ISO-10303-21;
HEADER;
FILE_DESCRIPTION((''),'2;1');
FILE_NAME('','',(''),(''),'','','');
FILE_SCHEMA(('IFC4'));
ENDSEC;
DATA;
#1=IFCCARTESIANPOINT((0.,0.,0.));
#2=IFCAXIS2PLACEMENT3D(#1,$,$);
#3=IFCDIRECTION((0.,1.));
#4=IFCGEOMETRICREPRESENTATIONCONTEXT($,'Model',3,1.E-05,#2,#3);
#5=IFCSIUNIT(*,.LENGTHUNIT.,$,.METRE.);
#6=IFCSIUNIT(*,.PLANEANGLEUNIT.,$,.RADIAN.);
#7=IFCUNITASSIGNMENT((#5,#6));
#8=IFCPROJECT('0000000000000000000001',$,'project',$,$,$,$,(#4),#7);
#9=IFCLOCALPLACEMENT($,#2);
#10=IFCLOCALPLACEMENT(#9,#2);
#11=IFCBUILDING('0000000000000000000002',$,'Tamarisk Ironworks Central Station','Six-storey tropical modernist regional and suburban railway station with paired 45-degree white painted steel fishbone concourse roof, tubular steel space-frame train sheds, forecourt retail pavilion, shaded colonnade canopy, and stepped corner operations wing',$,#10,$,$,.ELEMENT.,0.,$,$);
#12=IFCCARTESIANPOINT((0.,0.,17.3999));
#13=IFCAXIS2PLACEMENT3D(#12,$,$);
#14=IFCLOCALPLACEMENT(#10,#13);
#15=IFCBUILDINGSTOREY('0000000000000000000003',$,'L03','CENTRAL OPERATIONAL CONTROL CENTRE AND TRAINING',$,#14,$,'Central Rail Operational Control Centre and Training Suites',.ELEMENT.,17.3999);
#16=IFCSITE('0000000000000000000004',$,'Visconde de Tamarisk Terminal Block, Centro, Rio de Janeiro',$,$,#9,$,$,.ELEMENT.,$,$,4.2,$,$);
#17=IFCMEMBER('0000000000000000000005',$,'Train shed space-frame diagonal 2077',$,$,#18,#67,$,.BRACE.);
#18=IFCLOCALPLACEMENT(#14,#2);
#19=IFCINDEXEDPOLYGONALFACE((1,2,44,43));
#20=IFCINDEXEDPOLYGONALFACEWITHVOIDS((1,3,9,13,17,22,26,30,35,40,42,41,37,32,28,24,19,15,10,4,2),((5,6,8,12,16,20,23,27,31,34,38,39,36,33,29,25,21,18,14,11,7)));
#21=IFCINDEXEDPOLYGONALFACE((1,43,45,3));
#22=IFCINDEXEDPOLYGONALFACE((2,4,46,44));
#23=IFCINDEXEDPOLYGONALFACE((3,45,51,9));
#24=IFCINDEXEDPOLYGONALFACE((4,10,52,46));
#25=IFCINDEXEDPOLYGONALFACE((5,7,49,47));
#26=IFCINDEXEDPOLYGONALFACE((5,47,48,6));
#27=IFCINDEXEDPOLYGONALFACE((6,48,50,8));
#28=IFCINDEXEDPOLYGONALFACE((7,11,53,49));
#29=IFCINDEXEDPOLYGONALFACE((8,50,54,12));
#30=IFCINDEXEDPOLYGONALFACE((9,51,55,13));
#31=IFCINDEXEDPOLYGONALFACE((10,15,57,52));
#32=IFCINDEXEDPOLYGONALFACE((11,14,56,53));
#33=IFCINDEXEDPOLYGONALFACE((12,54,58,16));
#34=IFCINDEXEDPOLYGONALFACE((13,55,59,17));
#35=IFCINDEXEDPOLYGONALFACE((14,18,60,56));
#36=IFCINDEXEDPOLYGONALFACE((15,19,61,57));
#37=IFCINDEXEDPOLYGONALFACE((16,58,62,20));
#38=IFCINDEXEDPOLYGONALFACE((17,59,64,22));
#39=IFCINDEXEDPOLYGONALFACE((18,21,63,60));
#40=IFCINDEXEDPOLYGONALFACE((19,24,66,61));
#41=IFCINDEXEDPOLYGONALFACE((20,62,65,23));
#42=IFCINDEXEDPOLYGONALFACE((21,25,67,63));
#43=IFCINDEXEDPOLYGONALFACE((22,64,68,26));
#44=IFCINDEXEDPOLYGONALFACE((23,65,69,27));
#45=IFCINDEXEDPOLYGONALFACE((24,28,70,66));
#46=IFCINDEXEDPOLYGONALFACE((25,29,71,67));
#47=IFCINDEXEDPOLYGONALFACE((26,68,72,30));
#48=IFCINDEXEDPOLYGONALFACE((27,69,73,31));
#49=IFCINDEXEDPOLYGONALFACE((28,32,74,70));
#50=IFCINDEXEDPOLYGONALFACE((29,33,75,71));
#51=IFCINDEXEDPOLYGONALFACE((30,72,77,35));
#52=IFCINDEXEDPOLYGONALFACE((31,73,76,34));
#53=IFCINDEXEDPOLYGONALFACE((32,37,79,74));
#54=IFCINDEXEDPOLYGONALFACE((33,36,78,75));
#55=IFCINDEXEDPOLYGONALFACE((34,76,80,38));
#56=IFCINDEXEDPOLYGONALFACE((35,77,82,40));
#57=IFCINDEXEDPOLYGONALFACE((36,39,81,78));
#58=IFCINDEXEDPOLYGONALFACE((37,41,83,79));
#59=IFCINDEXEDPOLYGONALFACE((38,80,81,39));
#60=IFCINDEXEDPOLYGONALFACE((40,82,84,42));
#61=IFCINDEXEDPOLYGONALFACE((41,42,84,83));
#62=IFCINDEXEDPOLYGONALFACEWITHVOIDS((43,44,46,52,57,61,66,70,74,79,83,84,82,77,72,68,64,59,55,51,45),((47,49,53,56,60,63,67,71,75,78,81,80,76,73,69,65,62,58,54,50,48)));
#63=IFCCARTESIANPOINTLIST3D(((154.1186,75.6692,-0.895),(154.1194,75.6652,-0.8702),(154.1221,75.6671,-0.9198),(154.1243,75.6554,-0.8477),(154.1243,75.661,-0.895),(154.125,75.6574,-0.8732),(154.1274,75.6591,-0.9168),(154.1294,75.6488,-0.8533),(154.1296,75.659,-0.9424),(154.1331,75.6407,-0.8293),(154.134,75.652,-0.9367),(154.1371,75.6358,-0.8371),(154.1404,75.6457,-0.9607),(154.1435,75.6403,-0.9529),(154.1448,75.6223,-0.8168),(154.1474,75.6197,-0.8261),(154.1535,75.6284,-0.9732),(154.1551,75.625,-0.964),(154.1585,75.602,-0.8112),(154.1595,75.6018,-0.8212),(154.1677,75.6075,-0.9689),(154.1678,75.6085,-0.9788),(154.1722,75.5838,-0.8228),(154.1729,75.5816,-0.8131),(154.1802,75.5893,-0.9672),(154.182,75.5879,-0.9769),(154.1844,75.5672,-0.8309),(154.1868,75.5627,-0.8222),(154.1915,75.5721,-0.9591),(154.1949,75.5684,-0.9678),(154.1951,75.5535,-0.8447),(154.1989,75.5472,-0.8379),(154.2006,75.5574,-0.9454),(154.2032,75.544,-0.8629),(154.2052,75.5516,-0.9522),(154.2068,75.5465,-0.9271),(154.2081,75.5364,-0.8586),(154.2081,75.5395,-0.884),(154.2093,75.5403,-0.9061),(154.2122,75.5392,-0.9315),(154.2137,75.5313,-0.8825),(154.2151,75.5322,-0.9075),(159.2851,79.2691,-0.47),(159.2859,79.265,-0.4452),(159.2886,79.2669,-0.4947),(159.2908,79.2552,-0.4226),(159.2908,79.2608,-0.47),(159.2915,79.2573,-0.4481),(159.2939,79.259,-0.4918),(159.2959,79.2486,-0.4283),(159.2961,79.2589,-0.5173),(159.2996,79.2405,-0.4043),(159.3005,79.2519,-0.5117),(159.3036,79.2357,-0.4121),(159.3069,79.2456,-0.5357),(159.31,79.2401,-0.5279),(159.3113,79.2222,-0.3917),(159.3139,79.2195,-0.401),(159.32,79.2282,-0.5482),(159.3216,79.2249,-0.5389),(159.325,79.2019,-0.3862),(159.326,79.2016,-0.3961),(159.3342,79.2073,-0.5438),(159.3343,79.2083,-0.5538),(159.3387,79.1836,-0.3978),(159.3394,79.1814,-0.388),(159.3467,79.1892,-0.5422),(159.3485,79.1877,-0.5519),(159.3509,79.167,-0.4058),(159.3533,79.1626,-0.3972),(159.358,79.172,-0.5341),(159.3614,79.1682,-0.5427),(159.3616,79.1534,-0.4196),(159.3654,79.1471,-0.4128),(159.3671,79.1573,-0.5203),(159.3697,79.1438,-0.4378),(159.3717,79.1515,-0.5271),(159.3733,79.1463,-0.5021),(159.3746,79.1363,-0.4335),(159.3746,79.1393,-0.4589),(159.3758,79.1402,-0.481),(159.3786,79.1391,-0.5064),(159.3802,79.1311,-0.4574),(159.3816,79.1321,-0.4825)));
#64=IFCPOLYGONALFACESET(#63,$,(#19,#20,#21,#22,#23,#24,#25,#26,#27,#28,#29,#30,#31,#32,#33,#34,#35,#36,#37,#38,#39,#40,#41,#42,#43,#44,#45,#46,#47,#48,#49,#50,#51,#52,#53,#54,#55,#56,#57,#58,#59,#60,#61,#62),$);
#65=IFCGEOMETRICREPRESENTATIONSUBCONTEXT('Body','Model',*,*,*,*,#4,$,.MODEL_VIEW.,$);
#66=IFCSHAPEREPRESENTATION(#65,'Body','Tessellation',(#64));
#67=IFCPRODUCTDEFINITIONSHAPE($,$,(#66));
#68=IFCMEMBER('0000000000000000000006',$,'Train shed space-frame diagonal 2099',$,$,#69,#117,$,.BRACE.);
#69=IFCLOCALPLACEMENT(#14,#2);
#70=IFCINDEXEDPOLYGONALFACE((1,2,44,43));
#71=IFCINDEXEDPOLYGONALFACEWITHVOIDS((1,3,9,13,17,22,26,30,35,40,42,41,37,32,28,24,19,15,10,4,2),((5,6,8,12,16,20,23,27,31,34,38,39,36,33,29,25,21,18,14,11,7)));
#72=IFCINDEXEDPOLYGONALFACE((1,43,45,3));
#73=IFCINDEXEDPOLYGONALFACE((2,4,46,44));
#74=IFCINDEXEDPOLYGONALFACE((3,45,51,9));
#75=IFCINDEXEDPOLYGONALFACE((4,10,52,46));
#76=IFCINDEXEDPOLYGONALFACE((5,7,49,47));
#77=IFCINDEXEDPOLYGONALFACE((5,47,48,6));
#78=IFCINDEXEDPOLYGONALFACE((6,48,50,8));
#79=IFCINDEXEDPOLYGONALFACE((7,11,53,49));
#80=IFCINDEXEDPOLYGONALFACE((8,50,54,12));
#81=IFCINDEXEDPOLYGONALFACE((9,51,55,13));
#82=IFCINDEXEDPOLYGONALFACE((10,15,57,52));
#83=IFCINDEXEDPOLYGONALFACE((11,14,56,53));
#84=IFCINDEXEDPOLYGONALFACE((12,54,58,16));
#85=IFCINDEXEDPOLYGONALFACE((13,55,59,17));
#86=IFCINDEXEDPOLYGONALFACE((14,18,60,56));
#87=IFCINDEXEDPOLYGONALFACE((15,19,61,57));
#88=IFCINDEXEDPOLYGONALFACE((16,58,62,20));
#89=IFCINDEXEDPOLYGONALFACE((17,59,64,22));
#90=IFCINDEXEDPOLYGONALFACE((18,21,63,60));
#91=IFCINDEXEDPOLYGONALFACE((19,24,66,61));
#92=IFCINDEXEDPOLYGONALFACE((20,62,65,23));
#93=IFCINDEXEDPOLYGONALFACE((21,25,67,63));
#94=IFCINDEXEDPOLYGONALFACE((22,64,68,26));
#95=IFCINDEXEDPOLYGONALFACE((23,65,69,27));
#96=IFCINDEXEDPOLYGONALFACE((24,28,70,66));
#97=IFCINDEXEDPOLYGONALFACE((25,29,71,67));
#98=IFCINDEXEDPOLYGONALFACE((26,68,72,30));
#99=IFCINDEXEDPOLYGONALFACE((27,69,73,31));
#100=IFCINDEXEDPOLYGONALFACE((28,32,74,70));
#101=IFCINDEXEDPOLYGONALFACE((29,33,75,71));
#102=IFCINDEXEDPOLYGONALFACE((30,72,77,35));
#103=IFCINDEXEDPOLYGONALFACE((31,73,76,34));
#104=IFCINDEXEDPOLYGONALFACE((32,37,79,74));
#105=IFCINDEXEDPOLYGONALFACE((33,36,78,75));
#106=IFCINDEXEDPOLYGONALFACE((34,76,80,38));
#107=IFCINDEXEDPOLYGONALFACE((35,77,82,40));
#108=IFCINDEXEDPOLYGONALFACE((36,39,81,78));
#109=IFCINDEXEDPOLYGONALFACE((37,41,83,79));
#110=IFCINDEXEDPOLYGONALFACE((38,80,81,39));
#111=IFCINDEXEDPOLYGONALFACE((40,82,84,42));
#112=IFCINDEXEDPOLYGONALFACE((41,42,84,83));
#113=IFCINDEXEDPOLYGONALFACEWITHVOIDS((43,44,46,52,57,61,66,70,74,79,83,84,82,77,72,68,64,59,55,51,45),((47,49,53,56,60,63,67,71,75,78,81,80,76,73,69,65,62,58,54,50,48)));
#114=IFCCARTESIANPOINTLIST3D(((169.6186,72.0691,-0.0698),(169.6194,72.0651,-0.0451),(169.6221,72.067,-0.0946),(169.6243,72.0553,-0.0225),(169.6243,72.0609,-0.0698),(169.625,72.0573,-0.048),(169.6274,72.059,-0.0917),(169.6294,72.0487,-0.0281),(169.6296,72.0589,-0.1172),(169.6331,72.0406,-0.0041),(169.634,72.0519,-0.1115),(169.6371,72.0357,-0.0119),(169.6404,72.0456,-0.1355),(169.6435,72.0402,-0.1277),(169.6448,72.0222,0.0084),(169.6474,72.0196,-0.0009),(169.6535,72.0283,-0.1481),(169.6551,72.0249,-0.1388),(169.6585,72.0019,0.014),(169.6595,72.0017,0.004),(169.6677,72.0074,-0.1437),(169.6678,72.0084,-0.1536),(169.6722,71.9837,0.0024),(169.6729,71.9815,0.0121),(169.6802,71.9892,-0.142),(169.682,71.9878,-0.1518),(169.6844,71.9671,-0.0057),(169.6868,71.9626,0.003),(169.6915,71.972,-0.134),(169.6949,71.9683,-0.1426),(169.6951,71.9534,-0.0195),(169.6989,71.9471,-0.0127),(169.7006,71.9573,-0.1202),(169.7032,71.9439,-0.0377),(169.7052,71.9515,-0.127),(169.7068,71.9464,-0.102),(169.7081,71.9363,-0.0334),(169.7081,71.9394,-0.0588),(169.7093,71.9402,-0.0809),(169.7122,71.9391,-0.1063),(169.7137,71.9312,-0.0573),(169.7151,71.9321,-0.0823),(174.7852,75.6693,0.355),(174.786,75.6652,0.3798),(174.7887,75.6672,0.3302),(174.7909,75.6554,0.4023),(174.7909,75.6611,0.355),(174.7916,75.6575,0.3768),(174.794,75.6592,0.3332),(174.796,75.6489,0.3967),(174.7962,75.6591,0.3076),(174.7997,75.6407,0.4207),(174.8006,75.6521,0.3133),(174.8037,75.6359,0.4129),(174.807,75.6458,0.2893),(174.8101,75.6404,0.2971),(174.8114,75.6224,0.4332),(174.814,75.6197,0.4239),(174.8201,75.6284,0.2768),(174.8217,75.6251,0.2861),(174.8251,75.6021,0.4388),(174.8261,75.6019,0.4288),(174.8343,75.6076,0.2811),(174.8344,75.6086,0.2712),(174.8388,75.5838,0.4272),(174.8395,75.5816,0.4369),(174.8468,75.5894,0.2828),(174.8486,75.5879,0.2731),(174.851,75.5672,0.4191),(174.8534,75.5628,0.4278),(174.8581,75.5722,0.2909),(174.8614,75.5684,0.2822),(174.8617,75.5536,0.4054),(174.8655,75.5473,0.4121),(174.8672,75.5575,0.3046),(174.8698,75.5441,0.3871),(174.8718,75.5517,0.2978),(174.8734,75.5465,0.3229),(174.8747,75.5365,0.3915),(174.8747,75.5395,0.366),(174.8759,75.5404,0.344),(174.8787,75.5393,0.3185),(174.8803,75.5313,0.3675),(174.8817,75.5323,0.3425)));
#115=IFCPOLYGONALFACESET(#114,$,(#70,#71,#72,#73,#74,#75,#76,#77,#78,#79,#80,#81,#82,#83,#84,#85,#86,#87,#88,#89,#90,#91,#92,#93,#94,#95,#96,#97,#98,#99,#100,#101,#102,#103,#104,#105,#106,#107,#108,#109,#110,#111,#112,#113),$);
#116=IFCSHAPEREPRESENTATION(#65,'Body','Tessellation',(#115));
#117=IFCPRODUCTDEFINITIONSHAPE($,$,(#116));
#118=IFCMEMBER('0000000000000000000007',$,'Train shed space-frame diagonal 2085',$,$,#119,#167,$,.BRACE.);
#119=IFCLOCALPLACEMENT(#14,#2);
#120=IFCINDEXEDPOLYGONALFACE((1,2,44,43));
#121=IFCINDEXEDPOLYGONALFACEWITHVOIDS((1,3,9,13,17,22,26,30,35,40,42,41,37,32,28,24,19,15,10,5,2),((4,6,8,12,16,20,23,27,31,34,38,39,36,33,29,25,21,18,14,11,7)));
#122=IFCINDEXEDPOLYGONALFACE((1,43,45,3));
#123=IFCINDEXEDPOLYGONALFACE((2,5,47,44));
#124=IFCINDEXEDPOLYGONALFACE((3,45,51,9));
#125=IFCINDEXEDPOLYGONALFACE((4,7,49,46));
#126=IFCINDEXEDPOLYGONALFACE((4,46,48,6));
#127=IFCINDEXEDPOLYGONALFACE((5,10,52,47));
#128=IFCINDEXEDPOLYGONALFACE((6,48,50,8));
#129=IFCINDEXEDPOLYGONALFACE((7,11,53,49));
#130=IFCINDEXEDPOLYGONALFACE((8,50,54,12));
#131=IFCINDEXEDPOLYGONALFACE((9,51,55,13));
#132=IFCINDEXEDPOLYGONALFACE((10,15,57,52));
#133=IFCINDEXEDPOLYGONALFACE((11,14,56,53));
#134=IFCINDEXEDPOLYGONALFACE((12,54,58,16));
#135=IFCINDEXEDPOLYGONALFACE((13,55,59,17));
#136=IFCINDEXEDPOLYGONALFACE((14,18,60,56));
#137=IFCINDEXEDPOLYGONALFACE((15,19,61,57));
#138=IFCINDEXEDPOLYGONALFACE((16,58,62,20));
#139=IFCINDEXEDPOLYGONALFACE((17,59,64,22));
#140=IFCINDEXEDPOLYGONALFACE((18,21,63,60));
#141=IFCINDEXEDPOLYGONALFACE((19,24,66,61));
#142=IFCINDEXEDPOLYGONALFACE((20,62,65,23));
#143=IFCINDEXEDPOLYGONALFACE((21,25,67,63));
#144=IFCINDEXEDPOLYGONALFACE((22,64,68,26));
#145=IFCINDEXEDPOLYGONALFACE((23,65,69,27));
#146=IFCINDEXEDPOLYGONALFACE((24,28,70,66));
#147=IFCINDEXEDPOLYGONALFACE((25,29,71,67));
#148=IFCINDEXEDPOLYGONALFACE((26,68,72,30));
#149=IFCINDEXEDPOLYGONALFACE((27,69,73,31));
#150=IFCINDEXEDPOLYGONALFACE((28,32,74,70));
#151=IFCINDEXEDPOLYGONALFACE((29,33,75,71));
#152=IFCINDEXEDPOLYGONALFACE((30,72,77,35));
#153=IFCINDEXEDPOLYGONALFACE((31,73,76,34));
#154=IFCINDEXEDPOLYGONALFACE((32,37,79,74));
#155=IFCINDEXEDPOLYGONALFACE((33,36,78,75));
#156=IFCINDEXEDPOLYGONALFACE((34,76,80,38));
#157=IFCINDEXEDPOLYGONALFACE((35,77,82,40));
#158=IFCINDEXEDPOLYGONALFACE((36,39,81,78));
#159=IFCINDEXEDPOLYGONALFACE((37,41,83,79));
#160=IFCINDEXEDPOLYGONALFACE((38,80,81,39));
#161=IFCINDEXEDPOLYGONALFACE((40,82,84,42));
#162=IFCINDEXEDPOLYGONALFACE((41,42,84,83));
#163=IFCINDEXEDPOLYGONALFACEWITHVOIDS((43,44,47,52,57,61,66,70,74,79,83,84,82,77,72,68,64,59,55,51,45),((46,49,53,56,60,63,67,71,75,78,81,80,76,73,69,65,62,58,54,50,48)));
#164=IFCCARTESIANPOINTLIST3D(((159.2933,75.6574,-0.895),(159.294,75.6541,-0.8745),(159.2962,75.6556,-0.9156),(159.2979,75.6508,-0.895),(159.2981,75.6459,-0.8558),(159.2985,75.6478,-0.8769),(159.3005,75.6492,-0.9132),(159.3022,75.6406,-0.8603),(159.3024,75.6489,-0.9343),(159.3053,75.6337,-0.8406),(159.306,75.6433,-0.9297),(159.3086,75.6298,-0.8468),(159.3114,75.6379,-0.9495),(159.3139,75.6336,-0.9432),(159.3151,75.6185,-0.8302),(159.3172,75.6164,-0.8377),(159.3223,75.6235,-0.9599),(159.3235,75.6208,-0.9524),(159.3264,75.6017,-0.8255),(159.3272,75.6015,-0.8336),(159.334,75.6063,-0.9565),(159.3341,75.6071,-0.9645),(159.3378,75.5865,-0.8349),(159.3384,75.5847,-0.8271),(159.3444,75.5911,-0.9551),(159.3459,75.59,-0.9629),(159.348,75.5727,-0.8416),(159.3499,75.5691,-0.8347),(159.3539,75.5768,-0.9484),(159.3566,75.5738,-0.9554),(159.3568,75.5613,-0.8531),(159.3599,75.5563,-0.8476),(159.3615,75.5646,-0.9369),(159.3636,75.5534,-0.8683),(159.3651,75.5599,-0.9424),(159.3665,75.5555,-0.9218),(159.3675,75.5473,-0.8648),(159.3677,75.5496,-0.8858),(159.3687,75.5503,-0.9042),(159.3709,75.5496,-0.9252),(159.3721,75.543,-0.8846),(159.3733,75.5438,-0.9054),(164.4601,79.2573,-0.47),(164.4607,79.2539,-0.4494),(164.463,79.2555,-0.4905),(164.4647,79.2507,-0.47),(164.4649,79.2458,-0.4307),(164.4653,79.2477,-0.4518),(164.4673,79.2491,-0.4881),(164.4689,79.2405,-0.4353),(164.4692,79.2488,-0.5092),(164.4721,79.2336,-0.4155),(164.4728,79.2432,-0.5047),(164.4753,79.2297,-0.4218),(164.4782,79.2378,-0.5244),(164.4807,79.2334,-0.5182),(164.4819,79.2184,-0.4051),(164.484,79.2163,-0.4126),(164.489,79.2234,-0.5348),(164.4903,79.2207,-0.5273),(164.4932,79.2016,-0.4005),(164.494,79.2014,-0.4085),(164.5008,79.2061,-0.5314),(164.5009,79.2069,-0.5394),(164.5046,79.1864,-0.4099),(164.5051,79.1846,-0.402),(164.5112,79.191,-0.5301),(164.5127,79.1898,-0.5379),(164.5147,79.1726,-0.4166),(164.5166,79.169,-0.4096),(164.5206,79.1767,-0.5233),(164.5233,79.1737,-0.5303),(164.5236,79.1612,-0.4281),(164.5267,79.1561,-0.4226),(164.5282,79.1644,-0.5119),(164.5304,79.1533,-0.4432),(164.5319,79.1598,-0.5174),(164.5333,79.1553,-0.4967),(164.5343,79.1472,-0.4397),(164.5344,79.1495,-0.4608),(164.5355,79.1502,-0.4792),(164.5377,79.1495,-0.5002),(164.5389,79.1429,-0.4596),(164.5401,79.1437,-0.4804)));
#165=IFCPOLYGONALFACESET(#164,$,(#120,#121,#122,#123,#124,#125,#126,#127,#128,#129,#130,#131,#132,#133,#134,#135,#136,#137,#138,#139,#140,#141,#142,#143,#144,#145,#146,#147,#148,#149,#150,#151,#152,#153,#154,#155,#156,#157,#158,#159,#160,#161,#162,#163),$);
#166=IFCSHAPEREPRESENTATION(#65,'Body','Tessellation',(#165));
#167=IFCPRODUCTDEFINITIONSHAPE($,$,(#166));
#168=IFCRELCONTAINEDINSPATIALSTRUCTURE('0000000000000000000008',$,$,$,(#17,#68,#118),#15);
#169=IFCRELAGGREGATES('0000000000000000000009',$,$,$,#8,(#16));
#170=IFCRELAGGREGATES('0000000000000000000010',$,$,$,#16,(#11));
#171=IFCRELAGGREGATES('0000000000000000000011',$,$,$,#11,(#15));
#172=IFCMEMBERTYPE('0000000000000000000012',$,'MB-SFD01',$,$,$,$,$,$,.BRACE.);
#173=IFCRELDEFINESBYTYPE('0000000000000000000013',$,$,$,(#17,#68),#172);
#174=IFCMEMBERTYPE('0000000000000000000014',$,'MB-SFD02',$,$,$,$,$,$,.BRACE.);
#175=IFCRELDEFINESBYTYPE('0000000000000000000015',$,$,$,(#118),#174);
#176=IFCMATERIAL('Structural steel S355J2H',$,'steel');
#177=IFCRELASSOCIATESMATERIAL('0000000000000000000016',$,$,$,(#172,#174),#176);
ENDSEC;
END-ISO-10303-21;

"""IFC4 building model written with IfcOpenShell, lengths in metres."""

from ifc_helpers import new_model, si_unit, direction, frame, origin, origin_2d, place, context, subcontext, project, spatial, hollow_circle, extrude, material, material_profile, profile_set, type_object, element, save


model = new_model("IFC4")

# Units and contexts
model_context = context("Model", 3, precision=1e-05, world=origin(), true_north=direction((0.0, 1.0)))
body_context = subcontext(model_context, "Body", "Model", "MODEL_VIEW")
ifc_project = project(units=[si_unit("LENGTHUNIT", "METRE"), si_unit("PLANEANGLEUNIT", "RADIAN")], contexts=[model_context])

# Site, building, storey
site_placement = place(None, origin())
site = spatial("IfcSite", under=ifc_project, at=site_placement, Name="Visconde de Tamarisk Terminal Block, Centro, Rio de Janeiro", CompositionType="ELEMENT", RefElevation=4.2)
building_placement = place(site_placement, origin())
building = spatial("IfcBuilding", under=site, at=building_placement, Name="Tamarisk Ironworks Central Station", Description="Six-storey tropical modernist regional and suburban railway station with paired 45-degree white painted steel fishbone concourse roof, tubular steel space-frame train sheds, forecourt retail pavilion, shaded colonnade canopy, and stepped corner operations wing", CompositionType="ELEMENT", ElevationOfRefHeight=0.0)
storey_placement = place(building_placement, frame((0.0, 0.0, 17.3999)))
storey = spatial("IfcBuildingStorey", under=building, at=storey_placement, Name="L03", Description="CENTRAL OPERATIONAL CONTROL CENTRE AND TRAINING", LongName="Central Rail Operational Control Centre and Training Suites", CompositionType="ELEMENT", Elevation=17.3999)

# Members
ifc_material = material(Name="Structural steel S355J2H", Category="steel")
ifc_material_profile_1 = material_profile(ifc_material, hollow_circle(Radius=0.0842, WallThickness=0.01, at=origin_2d()), Name="CHS 168.3x10")
ifc_profile_set_1 = profile_set([ifc_material_profile_1], Name="Structural steel S355J2H")
member_type_1 = type_object("IfcMemberType", Name="MB-SFD01", PredefinedType="BRACE", material=ifc_profile_set_1)
member_1_placement = place(storey_placement, frame((154.1667, 75.6001, -0.895), z_axis=(0.818613, 0.570383, 0.067347), x_axis=(-0.571681, 0.820476, 0.0)))
element("IfcMember", 1, at=member_1_placement, inside=storey, type_object=member_type_1, Name="Train shed space-frame diagonal 2077", PredefinedType="BRACE", context=body_context, shape_type="SweptSolid", body=[
    extrude(hollow_circle(Radius=0.0842, WallThickness=0.01, at=origin_2d()), origin(), (0.0, 0.0, 1.0), 6.3113),
])
member_2_placement = place(storey_placement, frame((169.6667, 72.0, -0.0698), z_axis=(0.818597, 0.570411, 0.067307), x_axis=(-0.571707, 0.820458, 0.0)))
element("IfcMember", 2, at=member_2_placement, inside=storey, type_object=member_type_1, Name="Train shed space-frame diagonal 2099", PredefinedType="BRACE", context=body_context, shape_type="SweptSolid", body=[
    extrude(hollow_circle(Radius=0.0842, WallThickness=0.01, at=origin_2d()), origin(), (0.0, 0.0, 1.0), 6.3115),
])
ifc_material_profile_2 = material_profile(ifc_material, hollow_circle(Radius=0.0698, WallThickness=0.0081, at=origin_2d()), Name="CHS 139.7x8")
ifc_profile_set_2 = profile_set([ifc_material_profile_2], Name="Structural steel S355J2H")
member_type_2 = type_object("IfcMemberType", Name="MB-SFD02", PredefinedType="BRACE", material=ifc_profile_set_2)
for number, where, z_axis, x_axis, name in (
    (3, (159.3333, 75.6001, -0.895), (0.818626, 0.570365, 0.067345), (-0.571663, 0.820489, 0.0), "Train shed space-frame diagonal 2085"),
):
    element("IfcMember", number, at=place(storey_placement, frame(where, z_axis=z_axis, x_axis=x_axis)), inside=storey, type_object=member_type_2, Name=name, PredefinedType="BRACE", context=body_context, shape_type="SweptSolid", body=[
        extrude(hollow_circle(Radius=0.0698, WallThickness=0.0081, at=origin_2d()), origin(), (0.0, 0.0, 1.0), 6.3115),
    ])

save(model, "model.ifc")
